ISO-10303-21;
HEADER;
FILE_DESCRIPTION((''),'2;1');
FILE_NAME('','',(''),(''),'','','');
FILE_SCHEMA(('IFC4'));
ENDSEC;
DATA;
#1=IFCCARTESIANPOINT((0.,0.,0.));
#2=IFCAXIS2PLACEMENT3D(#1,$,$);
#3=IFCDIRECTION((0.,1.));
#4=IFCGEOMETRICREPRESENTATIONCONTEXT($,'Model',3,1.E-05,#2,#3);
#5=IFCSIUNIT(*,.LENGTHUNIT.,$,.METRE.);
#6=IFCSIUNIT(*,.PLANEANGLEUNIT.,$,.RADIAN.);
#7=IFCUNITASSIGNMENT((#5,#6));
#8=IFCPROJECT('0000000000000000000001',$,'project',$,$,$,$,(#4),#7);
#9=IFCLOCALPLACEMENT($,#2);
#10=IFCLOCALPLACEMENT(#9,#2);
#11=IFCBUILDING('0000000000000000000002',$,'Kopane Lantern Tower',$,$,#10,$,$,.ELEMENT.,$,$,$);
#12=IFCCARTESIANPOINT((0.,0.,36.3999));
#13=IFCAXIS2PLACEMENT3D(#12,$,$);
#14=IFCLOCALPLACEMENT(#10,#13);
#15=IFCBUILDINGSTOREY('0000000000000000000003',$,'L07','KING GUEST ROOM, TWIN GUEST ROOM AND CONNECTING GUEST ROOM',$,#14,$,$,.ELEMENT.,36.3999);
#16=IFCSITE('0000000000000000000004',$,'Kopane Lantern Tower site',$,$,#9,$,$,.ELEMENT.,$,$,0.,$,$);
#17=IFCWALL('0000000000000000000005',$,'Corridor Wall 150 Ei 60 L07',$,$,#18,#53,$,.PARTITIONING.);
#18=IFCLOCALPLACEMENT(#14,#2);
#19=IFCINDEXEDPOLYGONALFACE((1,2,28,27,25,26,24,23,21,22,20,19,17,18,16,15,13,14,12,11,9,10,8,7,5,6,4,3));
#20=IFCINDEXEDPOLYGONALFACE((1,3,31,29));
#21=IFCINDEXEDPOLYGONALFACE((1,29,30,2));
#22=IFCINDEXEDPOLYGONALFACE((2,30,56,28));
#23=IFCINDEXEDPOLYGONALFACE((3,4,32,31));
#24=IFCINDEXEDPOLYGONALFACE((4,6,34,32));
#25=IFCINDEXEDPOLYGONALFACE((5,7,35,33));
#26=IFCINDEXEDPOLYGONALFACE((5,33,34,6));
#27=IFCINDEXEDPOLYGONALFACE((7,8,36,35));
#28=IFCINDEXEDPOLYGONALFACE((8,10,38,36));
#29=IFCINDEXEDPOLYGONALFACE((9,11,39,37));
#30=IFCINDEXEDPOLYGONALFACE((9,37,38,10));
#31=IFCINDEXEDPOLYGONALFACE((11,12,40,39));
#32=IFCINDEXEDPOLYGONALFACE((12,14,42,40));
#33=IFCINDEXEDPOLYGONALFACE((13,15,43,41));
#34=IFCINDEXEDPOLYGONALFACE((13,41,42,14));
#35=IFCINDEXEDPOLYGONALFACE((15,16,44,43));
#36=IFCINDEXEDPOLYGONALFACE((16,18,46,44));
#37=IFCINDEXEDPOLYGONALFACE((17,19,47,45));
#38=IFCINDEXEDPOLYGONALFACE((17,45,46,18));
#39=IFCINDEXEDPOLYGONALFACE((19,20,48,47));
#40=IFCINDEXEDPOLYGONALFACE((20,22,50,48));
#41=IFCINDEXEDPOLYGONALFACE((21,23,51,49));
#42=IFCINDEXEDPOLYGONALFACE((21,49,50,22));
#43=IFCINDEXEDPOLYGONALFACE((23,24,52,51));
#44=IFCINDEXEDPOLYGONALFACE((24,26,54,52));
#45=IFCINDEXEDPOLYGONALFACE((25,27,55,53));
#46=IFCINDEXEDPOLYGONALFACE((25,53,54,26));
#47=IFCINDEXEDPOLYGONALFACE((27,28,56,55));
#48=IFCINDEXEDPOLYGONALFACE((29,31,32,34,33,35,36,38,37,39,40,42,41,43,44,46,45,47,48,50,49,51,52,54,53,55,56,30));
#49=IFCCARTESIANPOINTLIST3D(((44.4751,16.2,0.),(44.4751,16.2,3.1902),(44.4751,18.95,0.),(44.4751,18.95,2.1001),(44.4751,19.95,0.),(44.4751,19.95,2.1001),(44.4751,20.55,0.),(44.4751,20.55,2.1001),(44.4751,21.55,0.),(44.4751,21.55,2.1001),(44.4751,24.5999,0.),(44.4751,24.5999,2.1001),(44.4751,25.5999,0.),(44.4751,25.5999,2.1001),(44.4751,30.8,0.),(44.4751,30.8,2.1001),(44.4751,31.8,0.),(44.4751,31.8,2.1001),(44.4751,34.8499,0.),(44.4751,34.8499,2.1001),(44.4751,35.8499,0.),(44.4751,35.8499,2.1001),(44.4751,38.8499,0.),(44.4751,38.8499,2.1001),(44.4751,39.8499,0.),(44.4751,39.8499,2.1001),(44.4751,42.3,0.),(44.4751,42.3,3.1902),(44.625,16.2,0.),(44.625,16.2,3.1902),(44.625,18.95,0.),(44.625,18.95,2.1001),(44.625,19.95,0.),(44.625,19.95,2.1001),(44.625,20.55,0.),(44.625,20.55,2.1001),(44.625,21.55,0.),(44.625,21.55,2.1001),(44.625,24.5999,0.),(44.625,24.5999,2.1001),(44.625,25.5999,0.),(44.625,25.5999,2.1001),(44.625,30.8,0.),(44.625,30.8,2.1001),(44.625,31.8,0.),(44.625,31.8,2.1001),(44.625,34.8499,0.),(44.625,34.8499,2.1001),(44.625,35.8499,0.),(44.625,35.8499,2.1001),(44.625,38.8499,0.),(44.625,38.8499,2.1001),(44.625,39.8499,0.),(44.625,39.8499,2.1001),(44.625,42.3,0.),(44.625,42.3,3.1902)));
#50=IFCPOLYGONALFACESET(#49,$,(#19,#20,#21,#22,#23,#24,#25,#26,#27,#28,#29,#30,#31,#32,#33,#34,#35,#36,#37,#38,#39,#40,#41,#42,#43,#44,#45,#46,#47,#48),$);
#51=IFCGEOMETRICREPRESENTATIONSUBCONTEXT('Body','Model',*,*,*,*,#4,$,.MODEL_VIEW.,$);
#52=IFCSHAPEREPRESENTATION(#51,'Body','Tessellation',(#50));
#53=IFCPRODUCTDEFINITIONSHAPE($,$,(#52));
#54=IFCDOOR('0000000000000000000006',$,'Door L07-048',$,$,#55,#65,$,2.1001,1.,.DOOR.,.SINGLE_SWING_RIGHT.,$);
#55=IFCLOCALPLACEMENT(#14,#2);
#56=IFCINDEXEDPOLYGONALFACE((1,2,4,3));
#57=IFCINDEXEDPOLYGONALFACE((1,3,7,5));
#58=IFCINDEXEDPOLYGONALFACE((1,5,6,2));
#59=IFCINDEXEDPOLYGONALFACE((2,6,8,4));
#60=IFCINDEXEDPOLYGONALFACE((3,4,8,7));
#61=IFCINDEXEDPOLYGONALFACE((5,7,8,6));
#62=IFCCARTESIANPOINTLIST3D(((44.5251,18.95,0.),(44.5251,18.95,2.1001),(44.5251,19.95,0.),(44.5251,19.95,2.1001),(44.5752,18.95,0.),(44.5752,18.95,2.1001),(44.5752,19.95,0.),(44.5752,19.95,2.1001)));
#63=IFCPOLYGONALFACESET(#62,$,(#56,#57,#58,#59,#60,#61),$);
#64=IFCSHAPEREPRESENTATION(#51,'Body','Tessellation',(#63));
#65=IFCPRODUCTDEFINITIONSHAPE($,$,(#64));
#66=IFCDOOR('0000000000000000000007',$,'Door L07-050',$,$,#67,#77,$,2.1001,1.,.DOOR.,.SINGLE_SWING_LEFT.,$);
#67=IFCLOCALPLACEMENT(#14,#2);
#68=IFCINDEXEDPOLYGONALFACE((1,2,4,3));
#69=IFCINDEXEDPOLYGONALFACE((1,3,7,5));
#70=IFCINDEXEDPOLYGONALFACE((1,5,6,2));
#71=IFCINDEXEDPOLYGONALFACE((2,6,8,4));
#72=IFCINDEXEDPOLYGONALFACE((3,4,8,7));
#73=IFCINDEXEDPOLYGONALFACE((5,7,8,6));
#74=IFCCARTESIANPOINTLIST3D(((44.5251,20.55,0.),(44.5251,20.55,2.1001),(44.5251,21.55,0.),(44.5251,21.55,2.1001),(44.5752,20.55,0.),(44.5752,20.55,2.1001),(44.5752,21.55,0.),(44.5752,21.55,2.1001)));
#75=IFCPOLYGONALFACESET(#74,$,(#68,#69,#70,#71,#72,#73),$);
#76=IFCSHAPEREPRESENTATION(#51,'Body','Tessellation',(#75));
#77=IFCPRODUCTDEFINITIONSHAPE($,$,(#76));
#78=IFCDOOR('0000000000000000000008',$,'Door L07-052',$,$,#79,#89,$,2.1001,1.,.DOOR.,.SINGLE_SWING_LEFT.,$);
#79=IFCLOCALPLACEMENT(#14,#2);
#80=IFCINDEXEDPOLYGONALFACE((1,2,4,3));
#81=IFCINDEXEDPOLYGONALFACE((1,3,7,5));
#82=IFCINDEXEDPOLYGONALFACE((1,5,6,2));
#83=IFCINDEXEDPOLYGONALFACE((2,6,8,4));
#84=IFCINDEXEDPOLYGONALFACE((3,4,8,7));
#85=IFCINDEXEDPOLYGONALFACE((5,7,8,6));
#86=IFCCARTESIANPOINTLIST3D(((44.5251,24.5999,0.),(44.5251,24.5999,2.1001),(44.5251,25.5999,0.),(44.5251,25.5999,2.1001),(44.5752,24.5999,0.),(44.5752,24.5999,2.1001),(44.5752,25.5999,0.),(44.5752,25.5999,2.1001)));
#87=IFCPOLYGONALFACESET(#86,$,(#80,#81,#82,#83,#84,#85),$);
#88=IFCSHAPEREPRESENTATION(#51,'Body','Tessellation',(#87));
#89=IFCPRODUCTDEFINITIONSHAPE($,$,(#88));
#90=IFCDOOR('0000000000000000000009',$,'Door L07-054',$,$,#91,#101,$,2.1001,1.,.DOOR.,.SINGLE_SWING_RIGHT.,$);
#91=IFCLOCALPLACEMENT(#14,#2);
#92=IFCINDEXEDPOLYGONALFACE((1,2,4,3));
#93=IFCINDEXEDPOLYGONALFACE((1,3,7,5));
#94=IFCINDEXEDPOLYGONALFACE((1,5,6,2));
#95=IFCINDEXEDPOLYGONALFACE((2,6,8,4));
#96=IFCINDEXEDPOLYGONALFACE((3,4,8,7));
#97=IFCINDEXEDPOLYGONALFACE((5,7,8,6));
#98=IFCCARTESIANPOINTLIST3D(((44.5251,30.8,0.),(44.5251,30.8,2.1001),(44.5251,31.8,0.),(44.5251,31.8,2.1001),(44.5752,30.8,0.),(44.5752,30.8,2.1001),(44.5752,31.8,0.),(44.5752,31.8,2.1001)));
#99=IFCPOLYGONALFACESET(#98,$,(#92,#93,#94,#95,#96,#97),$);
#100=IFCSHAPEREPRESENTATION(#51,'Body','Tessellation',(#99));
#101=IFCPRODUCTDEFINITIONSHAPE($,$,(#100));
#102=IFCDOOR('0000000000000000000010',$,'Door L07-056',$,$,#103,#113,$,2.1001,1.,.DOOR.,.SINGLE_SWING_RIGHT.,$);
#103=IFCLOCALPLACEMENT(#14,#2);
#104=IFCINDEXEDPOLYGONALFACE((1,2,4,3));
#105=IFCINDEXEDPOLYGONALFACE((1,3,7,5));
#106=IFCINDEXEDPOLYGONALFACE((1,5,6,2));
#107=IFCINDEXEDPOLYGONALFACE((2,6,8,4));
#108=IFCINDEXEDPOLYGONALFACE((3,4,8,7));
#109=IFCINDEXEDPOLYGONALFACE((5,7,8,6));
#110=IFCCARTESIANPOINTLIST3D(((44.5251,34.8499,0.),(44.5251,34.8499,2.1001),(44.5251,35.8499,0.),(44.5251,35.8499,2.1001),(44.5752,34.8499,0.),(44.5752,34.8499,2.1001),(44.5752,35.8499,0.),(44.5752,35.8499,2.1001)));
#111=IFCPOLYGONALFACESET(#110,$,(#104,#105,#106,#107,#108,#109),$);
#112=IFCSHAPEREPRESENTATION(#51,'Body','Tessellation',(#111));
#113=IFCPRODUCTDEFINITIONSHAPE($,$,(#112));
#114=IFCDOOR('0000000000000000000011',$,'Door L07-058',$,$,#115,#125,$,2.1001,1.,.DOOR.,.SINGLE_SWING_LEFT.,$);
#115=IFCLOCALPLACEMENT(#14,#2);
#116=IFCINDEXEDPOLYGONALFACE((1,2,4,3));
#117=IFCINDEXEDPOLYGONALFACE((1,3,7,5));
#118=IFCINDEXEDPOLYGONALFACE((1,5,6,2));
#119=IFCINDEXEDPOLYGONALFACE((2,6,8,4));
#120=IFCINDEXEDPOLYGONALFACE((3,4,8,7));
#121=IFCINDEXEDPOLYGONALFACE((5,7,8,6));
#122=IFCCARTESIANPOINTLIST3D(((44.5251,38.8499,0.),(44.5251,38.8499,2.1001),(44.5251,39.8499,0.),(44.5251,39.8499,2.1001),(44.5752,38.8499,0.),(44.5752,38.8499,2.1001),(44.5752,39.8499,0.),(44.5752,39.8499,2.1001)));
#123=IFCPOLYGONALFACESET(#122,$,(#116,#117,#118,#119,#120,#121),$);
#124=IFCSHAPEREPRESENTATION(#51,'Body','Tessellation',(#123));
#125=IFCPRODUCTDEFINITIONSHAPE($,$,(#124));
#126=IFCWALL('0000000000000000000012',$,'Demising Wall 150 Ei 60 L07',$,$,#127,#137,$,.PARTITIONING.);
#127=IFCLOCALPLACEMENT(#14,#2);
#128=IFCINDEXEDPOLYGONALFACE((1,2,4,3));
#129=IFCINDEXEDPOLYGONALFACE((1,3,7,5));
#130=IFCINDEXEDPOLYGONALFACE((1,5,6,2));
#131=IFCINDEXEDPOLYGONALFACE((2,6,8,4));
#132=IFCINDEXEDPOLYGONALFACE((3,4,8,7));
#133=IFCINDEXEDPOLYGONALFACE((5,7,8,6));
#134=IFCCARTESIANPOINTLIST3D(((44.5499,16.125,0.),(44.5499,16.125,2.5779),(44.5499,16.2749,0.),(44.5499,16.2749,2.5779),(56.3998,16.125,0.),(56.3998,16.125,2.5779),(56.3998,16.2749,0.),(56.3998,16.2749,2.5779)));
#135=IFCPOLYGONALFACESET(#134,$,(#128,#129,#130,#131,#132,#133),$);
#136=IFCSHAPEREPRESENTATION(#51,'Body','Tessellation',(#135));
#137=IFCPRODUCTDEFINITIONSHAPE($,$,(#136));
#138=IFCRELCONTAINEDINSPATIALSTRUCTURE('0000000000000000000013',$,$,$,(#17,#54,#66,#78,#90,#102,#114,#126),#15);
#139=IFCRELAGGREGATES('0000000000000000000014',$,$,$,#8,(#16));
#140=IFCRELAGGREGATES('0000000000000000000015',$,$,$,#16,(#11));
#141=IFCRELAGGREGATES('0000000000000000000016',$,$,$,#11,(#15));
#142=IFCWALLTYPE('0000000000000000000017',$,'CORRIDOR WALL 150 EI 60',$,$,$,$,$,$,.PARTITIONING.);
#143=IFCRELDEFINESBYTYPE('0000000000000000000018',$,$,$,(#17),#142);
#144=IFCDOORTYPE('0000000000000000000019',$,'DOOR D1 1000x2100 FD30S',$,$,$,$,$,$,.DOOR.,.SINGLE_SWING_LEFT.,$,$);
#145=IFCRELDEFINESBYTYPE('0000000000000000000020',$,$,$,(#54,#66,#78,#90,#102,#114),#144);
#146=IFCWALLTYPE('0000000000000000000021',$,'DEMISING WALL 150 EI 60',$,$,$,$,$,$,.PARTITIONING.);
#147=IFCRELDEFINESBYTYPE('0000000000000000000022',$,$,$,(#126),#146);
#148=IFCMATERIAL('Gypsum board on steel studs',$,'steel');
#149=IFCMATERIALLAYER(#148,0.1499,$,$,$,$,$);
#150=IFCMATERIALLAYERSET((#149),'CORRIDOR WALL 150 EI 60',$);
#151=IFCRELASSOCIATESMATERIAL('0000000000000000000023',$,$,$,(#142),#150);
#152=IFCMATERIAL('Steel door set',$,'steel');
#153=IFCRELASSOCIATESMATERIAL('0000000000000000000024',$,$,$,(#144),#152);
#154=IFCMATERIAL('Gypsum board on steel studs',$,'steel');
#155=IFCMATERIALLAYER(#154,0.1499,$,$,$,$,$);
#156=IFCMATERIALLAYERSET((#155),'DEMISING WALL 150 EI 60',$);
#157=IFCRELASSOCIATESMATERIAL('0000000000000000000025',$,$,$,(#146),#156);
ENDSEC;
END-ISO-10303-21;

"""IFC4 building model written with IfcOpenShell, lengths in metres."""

from ifc_helpers import new_model, si_unit, direction, frame, frame_2d, origin, place, context, subcontext, project, spatial, rectangle, extrude, material, layer, layer_set, type_object, element, fill, save


model = new_model("IFC4")

# Units and contexts
model_context = context("Model", 3, precision=1e-05, world=origin(), true_north=direction((0.0, 1.0)))
body_context = subcontext(model_context, "Body", "Model", "MODEL_VIEW")
ifc_project = project(units=[si_unit("LENGTHUNIT", "METRE"), si_unit("PLANEANGLEUNIT", "RADIAN")], contexts=[model_context])

# Site, building, storey
site_placement = place(None, origin())
site = spatial("IfcSite", under=ifc_project, at=site_placement, Name="Kopane Lantern Tower site", CompositionType="ELEMENT", RefElevation=0.0)
building_placement = place(site_placement, origin())
building = spatial("IfcBuilding", under=site, at=building_placement, Name="Kopane Lantern Tower", CompositionType="ELEMENT")
storey_placement = place(building_placement, frame((0.0, 0.0, 36.3999)))
storey = spatial("IfcBuildingStorey", under=building, at=storey_placement, Name="L07", Description="KING GUEST ROOM, TWIN GUEST ROOM AND CONNECTING GUEST ROOM", CompositionType="ELEMENT", Elevation=36.3999)

# Wall, openings, doors
ifc_material_1 = material(Name="Gypsum board on steel studs", Category="steel")
ifc_layer_1 = layer(ifc_material_1, 0.1499)
ifc_layer_set_1 = layer_set([ifc_layer_1], Name="CORRIDOR WALL 150 EI 60")
wall_type_1 = type_object("IfcWallType", Name="CORRIDOR WALL 150 EI 60", PredefinedType="PARTITIONING", material=ifc_layer_set_1)
wall_1_placement = place(storey_placement, frame((44.55, 16.2, 0.0), z_axis=(0.0, 0.0, 1.0), x_axis=(0.0, 1.0, 0.0)))
wall_1 = element("IfcWall", 1, at=wall_1_placement, inside=storey, type_object=wall_type_1, Name="Corridor Wall 150 Ei 60 L07", PredefinedType="PARTITIONING", context=body_context, shape_type="SweptSolid", body=[
    extrude(rectangle(XDim=26.1001, YDim=0.1499, at=frame_2d((13.05, 0.0))), origin(), (0.0, 0.0, 1.0), 3.1902),
])
opening_1_placement = place(wall_1_placement, frame((2.75, 0.0, 0.0)))
opening_1 = element("IfcOpeningElement", 2, at=opening_1_placement, cuts=wall_1, PredefinedType="OPENING", context=body_context, shape_type="SweptSolid", body=[
    extrude(rectangle(XDim=1.0, YDim=2.1001, at=frame_2d((0.5, 1.05))), frame((0.0, 0.085, 0.0), z_axis=(0.0, -1.0, 0.0), x_axis=(1.0, 0.0, 0.0)), (0.0, 0.0, 1.0), 0.1699),
])
opening_2_placement = place(wall_1_placement, frame((4.3501, 0.0, 0.0)))
opening_2 = element("IfcOpeningElement", 3, at=opening_2_placement, cuts=wall_1, PredefinedType="OPENING", context=body_context, shape_type="SweptSolid", body=[
    extrude(rectangle(XDim=1.0, YDim=2.1001, at=frame_2d((0.5, 1.05))), frame((0.0, 0.085, 0.0), z_axis=(0.0, -1.0, 0.0), x_axis=(1.0, 0.0, 0.0)), (0.0, 0.0, 1.0), 0.1699),
])
opening_3_placement = place(wall_1_placement, frame((8.3999, 0.0, 0.0)))
opening_3 = element("IfcOpeningElement", 4, at=opening_3_placement, cuts=wall_1, PredefinedType="OPENING", context=body_context, shape_type="SweptSolid", body=[
    extrude(rectangle(XDim=1.0, YDim=2.1001, at=frame_2d((0.5, 1.05))), frame((0.0, 0.085, 0.0), z_axis=(0.0, -1.0, 0.0), x_axis=(1.0, 0.0, 0.0)), (0.0, 0.0, 1.0), 0.1699),
])
opening_4_placement = place(wall_1_placement, frame((14.6001, 0.0, 0.0)))
opening_4 = element("IfcOpeningElement", 5, at=opening_4_placement, cuts=wall_1, PredefinedType="OPENING", context=body_context, shape_type="SweptSolid", body=[
    extrude(rectangle(XDim=1.0, YDim=2.1001, at=frame_2d((0.5, 1.05))), frame((0.0, 0.085, 0.0), z_axis=(0.0, -1.0, 0.0), x_axis=(1.0, 0.0, 0.0)), (0.0, 0.0, 1.0), 0.1699),
])
opening_5_placement = place(wall_1_placement, frame((18.6499, 0.0, 0.0)))
opening_5 = element("IfcOpeningElement", 6, at=opening_5_placement, cuts=wall_1, PredefinedType="OPENING", context=body_context, shape_type="SweptSolid", body=[
    extrude(rectangle(XDim=1.0, YDim=2.1001, at=frame_2d((0.5, 1.05))), frame((0.0, 0.085, 0.0), z_axis=(0.0, -1.0, 0.0), x_axis=(1.0, 0.0, 0.0)), (0.0, 0.0, 1.0), 0.1699),
])
opening_6_placement = place(wall_1_placement, frame((22.6499, 0.0, 0.0)))
opening_6 = element("IfcOpeningElement", 7, at=opening_6_placement, cuts=wall_1, PredefinedType="OPENING", context=body_context, shape_type="SweptSolid", body=[
    extrude(rectangle(XDim=1.0, YDim=2.1001, at=frame_2d((0.5, 1.05))), frame((0.0, 0.085, 0.0), z_axis=(0.0, -1.0, 0.0), x_axis=(1.0, 0.0, 0.0)), (0.0, 0.0, 1.0), 0.1699),
])
ifc_material_2 = material(Name="Steel door set", Category="steel")
door_type_1 = type_object("IfcDoorType", Name="DOOR D1 1000x2100 FD30S", OperationType="SINGLE_SWING_LEFT", PredefinedType="DOOR", material=ifc_material_2)
door_1_placement = place(opening_1_placement, origin())
door_1 = element("IfcDoor", 8, at=door_1_placement, inside=storey, type_object=door_type_1, Name="Door L07-048", OperationType="SINGLE_SWING_RIGHT", OverallHeight=2.1001, OverallWidth=1.0, PredefinedType="DOOR", context=body_context, shape_type="SweptSolid", body=[
    extrude(rectangle(XDim=1.0, YDim=2.1001, at=frame_2d((0.5, 1.05))), frame((0.0, 0.0249, 0.0), z_axis=(0.0, -1.0, 0.0), x_axis=(1.0, 0.0, 0.0)), (0.0, 0.0, 1.0), 0.05),
])
fill(opening_1, door_1)
door_2_placement = place(opening_2_placement, origin())
door_2 = element("IfcDoor", 9, at=door_2_placement, inside=storey, type_object=door_type_1, Name="Door L07-050", OperationType="SINGLE_SWING_LEFT", OverallHeight=2.1001, OverallWidth=1.0, PredefinedType="DOOR", context=body_context, shape_type="SweptSolid", body=[
    extrude(rectangle(XDim=1.0, YDim=2.1001, at=frame_2d((0.5, 1.05))), frame((0.0, 0.0249, 0.0), z_axis=(0.0, -1.0, 0.0), x_axis=(1.0, 0.0, 0.0)), (0.0, 0.0, 1.0), 0.05),
])
fill(opening_2, door_2)
door_3_placement = place(opening_3_placement, origin())
door_3 = element("IfcDoor", 10, at=door_3_placement, inside=storey, type_object=door_type_1, Name="Door L07-052", OperationType="SINGLE_SWING_LEFT", OverallHeight=2.1001, OverallWidth=1.0, PredefinedType="DOOR", context=body_context, shape_type="SweptSolid", body=[
    extrude(rectangle(XDim=1.0, YDim=2.1001, at=frame_2d((0.5, 1.05))), frame((0.0, 0.0249, 0.0), z_axis=(0.0, -1.0, 0.0), x_axis=(1.0, 0.0, 0.0)), (0.0, 0.0, 1.0), 0.05),
])
fill(opening_3, door_3)
door_4_placement = place(opening_4_placement, origin())
door_4 = element("IfcDoor", 11, at=door_4_placement, inside=storey, type_object=door_type_1, Name="Door L07-054", OperationType="SINGLE_SWING_RIGHT", OverallHeight=2.1001, OverallWidth=1.0, PredefinedType="DOOR", context=body_context, shape_type="SweptSolid", body=[
    extrude(rectangle(XDim=1.0, YDim=2.1001, at=frame_2d((0.5, 1.05))), frame((0.0, 0.0249, 0.0), z_axis=(0.0, -1.0, 0.0), x_axis=(1.0, 0.0, 0.0)), (0.0, 0.0, 1.0), 0.05),
])
fill(opening_4, door_4)
door_5_placement = place(opening_5_placement, origin())
door_5 = element("IfcDoor", 12, at=door_5_placement, inside=storey, type_object=door_type_1, Name="Door L07-056", OperationType="SINGLE_SWING_RIGHT", OverallHeight=2.1001, OverallWidth=1.0, PredefinedType="DOOR", context=body_context, shape_type="SweptSolid", body=[
    extrude(rectangle(XDim=1.0, YDim=2.1001, at=frame_2d((0.5, 1.05))), frame((0.0, 0.0249, 0.0), z_axis=(0.0, -1.0, 0.0), x_axis=(1.0, 0.0, 0.0)), (0.0, 0.0, 1.0), 0.05),
])
fill(opening_5, door_5)
door_6_placement = place(opening_6_placement, origin())
door_6 = element("IfcDoor", 13, at=door_6_placement, inside=storey, type_object=door_type_1, Name="Door L07-058", OperationType="SINGLE_SWING_LEFT", OverallHeight=2.1001, OverallWidth=1.0, PredefinedType="DOOR", context=body_context, shape_type="SweptSolid", body=[
    extrude(rectangle(XDim=1.0, YDim=2.1001, at=frame_2d((0.5, 1.05))), frame((0.0, 0.0249, 0.0), z_axis=(0.0, -1.0, 0.0), x_axis=(1.0, 0.0, 0.0)), (0.0, 0.0, 1.0), 0.05),
])
fill(opening_6, door_6)

# Wall
ifc_material_3 = material(Name="Gypsum board on steel studs", Category="steel")
ifc_layer_2 = layer(ifc_material_3, 0.1499)
ifc_layer_set_2 = layer_set([ifc_layer_2], Name="DEMISING WALL 150 EI 60")
wall_type_2 = type_object("IfcWallType", Name="DEMISING WALL 150 EI 60", PredefinedType="PARTITIONING", material=ifc_layer_set_2)
wall_2_placement = place(storey_placement, frame((44.55, 16.2, 0.0), z_axis=(0.0, 0.0, 1.0), x_axis=(1.0, 0.0, 0.0)))
element("IfcWall", 14, at=wall_2_placement, inside=storey, type_object=wall_type_2, Name="Demising Wall 150 Ei 60 L07", PredefinedType="PARTITIONING", context=body_context, shape_type="SweptSolid", body=[
    extrude(rectangle(XDim=11.8499, YDim=0.1499, at=frame_2d((5.9248, 0.0))), origin(), (0.0, 0.0, 1.0), 2.5779),
])

save(model, "model.ifc")
